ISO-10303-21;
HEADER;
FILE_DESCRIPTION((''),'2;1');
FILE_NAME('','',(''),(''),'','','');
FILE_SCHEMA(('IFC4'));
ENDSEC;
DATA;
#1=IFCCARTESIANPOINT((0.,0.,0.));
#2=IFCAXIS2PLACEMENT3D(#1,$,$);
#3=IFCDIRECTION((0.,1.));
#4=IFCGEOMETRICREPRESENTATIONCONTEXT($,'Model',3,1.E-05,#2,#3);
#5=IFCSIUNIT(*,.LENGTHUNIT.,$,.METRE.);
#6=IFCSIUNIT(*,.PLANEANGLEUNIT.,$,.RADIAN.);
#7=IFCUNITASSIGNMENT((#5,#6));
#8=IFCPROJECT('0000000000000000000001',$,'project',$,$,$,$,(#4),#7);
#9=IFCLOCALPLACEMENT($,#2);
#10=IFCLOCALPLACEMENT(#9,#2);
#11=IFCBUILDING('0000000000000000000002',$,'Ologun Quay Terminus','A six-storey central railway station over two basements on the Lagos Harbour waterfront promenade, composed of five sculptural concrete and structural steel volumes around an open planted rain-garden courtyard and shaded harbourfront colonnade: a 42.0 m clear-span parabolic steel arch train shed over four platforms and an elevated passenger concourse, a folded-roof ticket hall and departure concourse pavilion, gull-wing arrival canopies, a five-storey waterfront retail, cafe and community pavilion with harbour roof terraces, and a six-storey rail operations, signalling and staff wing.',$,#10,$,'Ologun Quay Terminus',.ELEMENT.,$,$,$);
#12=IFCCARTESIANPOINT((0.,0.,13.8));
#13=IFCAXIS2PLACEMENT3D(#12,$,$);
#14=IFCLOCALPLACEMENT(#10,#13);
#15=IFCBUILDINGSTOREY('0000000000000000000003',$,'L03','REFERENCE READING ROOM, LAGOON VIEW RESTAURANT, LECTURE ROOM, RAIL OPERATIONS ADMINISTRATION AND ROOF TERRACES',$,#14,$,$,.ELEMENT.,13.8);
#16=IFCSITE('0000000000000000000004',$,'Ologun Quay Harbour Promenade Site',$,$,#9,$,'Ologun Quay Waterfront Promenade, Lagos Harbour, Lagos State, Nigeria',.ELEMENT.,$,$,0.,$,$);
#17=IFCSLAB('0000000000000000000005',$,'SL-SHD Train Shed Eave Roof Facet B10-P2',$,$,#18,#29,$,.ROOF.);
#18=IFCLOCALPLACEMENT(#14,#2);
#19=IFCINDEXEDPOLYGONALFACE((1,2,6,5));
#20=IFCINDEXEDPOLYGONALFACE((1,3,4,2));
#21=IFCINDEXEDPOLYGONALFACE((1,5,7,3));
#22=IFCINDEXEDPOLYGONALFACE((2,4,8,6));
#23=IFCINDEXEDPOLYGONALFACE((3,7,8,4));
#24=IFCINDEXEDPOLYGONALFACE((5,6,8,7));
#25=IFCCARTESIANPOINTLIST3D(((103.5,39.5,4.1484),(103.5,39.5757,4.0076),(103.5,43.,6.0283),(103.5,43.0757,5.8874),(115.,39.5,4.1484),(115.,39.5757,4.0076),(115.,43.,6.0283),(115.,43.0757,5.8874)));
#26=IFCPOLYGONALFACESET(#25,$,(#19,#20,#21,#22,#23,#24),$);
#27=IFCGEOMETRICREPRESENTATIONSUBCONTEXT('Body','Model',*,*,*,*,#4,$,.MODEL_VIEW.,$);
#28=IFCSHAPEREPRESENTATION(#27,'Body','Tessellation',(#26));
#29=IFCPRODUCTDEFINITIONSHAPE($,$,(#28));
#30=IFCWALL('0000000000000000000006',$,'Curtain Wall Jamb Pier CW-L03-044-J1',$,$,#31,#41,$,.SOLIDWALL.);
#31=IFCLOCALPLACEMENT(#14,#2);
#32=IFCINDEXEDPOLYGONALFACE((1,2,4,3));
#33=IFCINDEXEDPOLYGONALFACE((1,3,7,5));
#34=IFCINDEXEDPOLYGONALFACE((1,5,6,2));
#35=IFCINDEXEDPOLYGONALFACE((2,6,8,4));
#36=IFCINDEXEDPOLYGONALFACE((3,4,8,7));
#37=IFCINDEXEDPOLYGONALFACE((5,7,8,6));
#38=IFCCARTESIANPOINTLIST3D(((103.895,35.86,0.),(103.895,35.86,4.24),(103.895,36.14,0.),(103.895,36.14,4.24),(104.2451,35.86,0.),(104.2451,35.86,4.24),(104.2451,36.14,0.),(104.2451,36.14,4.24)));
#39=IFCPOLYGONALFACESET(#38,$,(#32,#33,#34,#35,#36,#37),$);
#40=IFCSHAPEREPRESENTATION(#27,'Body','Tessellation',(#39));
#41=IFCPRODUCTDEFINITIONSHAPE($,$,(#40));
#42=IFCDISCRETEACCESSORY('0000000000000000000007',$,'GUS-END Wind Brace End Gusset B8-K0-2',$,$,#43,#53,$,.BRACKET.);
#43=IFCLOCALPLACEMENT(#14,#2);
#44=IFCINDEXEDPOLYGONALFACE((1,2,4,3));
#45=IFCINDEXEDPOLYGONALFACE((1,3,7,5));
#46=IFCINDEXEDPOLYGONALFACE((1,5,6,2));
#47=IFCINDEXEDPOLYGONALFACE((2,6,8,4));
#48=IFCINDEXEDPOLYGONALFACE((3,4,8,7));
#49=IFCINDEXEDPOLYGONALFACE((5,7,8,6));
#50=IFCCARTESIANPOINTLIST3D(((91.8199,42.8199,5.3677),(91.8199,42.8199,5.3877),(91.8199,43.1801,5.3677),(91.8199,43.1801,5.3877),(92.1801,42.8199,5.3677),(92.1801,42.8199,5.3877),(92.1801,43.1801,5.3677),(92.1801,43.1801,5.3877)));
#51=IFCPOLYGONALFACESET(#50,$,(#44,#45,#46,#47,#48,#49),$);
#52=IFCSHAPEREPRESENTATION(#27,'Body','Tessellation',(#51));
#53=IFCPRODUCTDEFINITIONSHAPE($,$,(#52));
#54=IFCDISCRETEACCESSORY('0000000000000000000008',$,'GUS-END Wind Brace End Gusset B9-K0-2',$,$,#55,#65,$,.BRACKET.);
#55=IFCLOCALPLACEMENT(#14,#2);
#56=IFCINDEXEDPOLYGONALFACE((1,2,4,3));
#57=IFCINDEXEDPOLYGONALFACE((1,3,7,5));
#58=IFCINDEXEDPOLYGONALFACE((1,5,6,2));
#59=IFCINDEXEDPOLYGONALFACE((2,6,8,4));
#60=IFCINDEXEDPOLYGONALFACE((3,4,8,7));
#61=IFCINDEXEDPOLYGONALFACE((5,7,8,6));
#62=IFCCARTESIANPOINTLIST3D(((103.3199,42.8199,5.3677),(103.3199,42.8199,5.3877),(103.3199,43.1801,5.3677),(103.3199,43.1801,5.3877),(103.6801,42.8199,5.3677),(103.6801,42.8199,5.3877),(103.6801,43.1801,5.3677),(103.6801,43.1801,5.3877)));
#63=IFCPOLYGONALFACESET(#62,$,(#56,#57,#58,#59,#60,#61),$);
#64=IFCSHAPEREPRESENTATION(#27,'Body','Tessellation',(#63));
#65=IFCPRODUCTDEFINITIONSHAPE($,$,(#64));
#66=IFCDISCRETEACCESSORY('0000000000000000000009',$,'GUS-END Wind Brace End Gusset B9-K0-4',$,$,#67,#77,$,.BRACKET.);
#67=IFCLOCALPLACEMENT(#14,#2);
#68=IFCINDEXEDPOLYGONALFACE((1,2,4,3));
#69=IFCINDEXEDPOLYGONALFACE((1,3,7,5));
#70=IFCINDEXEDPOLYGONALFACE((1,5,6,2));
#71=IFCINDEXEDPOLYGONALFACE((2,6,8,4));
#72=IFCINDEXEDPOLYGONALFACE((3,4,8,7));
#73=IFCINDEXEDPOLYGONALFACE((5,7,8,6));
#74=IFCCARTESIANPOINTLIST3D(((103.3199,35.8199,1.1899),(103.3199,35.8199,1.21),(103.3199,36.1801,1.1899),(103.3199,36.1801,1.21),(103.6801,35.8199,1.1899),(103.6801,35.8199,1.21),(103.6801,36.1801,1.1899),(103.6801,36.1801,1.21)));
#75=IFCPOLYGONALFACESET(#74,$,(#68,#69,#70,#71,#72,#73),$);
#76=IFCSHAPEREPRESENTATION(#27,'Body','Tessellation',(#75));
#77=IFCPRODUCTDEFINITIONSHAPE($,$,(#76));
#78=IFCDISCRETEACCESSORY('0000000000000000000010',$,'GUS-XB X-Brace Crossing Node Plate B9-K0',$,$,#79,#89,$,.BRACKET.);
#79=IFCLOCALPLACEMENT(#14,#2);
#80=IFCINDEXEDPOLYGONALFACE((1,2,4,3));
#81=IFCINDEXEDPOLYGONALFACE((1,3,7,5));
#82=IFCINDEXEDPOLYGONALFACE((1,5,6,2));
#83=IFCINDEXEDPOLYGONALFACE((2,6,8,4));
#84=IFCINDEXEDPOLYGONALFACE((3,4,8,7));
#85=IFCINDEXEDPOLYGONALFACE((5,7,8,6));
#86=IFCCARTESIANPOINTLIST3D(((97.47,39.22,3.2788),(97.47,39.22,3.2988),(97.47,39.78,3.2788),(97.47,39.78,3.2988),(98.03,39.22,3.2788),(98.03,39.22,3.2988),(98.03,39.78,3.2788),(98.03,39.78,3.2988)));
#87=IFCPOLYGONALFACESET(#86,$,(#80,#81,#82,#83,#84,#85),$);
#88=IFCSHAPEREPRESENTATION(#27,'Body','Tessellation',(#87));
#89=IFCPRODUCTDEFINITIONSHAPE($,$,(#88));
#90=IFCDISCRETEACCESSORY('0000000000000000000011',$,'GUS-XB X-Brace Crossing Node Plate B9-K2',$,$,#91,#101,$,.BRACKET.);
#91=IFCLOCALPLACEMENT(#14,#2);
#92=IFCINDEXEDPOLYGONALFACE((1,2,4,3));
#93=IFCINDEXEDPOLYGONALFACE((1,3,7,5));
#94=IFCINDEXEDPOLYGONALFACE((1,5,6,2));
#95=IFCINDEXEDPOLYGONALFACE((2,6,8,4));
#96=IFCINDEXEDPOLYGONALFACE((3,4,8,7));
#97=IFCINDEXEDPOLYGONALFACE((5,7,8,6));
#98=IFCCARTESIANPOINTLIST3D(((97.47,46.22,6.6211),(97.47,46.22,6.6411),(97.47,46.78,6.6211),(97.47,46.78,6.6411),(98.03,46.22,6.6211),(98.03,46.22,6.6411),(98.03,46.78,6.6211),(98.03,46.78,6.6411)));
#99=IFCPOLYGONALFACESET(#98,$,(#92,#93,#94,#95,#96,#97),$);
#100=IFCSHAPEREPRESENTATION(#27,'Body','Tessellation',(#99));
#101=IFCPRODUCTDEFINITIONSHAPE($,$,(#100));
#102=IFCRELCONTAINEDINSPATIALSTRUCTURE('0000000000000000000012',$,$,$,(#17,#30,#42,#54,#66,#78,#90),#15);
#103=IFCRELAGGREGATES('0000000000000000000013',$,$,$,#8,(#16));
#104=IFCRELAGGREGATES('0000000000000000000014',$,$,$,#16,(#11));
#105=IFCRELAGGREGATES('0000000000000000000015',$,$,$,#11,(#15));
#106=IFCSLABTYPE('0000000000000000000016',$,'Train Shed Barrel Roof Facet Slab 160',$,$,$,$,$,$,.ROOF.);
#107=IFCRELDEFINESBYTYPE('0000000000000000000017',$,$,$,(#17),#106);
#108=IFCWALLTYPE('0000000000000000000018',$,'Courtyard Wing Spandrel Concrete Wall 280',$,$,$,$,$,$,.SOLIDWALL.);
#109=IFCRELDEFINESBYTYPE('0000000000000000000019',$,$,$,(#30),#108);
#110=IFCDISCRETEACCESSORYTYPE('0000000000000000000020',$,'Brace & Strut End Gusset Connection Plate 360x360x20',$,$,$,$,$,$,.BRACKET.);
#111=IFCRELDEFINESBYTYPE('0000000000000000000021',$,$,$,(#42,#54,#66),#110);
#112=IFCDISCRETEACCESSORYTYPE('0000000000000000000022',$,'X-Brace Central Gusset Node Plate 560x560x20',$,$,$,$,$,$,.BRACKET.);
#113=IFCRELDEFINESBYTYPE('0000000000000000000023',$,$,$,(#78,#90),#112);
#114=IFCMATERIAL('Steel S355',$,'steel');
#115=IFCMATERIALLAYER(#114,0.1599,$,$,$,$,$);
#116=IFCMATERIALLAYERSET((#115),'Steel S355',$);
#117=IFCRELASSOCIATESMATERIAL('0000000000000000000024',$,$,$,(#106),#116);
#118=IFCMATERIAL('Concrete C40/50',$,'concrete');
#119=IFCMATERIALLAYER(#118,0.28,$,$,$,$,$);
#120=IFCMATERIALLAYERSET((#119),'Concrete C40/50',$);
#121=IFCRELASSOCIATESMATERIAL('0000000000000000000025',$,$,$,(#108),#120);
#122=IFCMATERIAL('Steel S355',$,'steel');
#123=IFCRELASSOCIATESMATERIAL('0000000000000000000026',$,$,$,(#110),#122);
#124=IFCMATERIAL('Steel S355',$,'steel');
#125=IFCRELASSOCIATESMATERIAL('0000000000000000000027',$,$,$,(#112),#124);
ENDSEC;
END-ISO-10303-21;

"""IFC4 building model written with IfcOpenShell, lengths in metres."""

from ifc_helpers import new_model, si_unit, direction, frame, frame_2d, origin, origin_2d, place, context, subcontext, project, spatial, polyline, rectangle, outline, extrude, material, layer, layer_set, type_object, element, save


model = new_model("IFC4")

# Units and contexts
model_context = context("Model", 3, precision=1e-05, world=origin(), true_north=direction((0.0, 1.0)))
body_context = subcontext(model_context, "Body", "Model", "MODEL_VIEW")
ifc_project = project(units=[si_unit("LENGTHUNIT", "METRE"), si_unit("PLANEANGLEUNIT", "RADIAN")], contexts=[model_context])

# Site, building, storey
site_placement = place(None, origin())
site = spatial("IfcSite", under=ifc_project, at=site_placement, Name="Ologun Quay Harbour Promenade Site", LongName="Ologun Quay Waterfront Promenade, Lagos Harbour, Lagos State, Nigeria", CompositionType="ELEMENT", RefElevation=0.0)
building_placement = place(site_placement, origin())
building = spatial("IfcBuilding", under=site, at=building_placement, Name="Ologun Quay Terminus", Description="A six-storey central railway station over two basements on the Lagos Harbour waterfront promenade, composed of five sculptural concrete and structural steel volumes around an open planted rain-garden courtyard and shaded harbourfront colonnade: a 42.0 m clear-span parabolic steel arch train shed over four platforms and an elevated passenger concourse, a folded-roof ticket hall and departure concourse pavilion, gull-wing arrival canopies, a five-storey waterfront retail, cafe and community pavilion with harbour roof terraces, and a six-storey rail operations, signalling and staff wing.", LongName="Ologun Quay Terminus", CompositionType="ELEMENT")
storey_placement = place(building_placement, frame((0.0, 0.0, 13.8)))
storey = spatial("IfcBuildingStorey", under=building, at=storey_placement, Name="L03", Description="REFERENCE READING ROOM, LAGOON VIEW RESTAURANT, LECTURE ROOM, RAIL OPERATIONS ADMINISTRATION AND ROOF TERRACES", CompositionType="ELEMENT", Elevation=13.8)

# Slab
ifc_material_1 = material(Name="Steel S355", Category="steel")
ifc_layer_1 = layer(ifc_material_1, 0.1599)
ifc_layer_set_1 = layer_set([ifc_layer_1], Name="Steel S355")
slab_type = type_object("IfcSlabType", Name="Train Shed Barrel Roof Facet Slab 160", PredefinedType="ROOF", material=ifc_layer_set_1)
slab_1_placement = place(storey_placement, frame((103.5, 39.5, 4.1484), z_axis=(0.0, -0.473176, 0.880968), x_axis=(1.0, 0.0, 0.0)))
element("IfcSlab", 1, at=slab_1_placement, inside=storey, type_object=slab_type, Name="SL-SHD Train Shed Eave Roof Facet B10-P2", PredefinedType="ROOF", context=body_context, shape_type="SweptSolid", body=[
    extrude(outline(polyline([(0.0, 0.0), (11.5, 0.0), (11.5, 3.9729), (0.0, 3.9729), (0.0, 0.0)])), origin(), (0.0, 0.0, -1.0), 0.1599),
])

# Wall
ifc_material_2 = material(Name="Concrete C40/50", Category="concrete")
ifc_layer_2 = layer(ifc_material_2, 0.28)
ifc_layer_set_2 = layer_set([ifc_layer_2], Name="Concrete C40/50")
wall_type = type_object("IfcWallType", Name="Courtyard Wing Spandrel Concrete Wall 280", PredefinedType="SOLIDWALL", material=ifc_layer_set_2)
wall_placement = place(storey_placement, frame((103.895, 36.0, 0.0), z_axis=(0.0, 0.0, 1.0), x_axis=(1.0, 0.0, 0.0)))
element("IfcWall", 2, at=wall_placement, inside=storey, type_object=wall_type, Name="Curtain Wall Jamb Pier CW-L03-044-J1", PredefinedType="SOLIDWALL", context=body_context, shape_type="SweptSolid", body=[
    extrude(rectangle(XDim=0.3501, YDim=0.28, at=frame_2d((0.175, 0.0))), origin(), (0.0, 0.0, 1.0), 4.24),
])

# Discrete accessories
ifc_material_3 = material(Name="Steel S355", Category="steel")
discrete_accessory_type_1 = type_object("IfcDiscreteAccessoryType", Name="Brace & Strut End Gusset Connection Plate 360x360x20", PredefinedType="BRACKET", material=ifc_material_3)
for number, where, z_axis, x_axis, name in (
    (3, (92.0, 43.0, 5.3677), (0.0, 0.0, 1.0), (1.0, 0.0, 0.0), "GUS-END Wind Brace End Gusset B8-K0-2"),
    (4, (103.5, 43.0, 5.3677), (0.0, 0.0, 1.0), (1.0, 0.0, 0.0), "GUS-END Wind Brace End Gusset B9-K0-2"),
    (5, (103.5, 36.0, 1.1899), (0.0, 0.0, 1.0), (1.0, 0.0, 0.0), "GUS-END Wind Brace End Gusset B9-K0-4"),
):
    element("IfcDiscreteAccessory", number, at=place(storey_placement, frame(where, z_axis=z_axis, x_axis=x_axis)), inside=storey, type_object=discrete_accessory_type_1, Name=name, PredefinedType="BRACKET", context=body_context, shape_type="SweptSolid", body=[
        extrude(rectangle(XDim=0.3601, YDim=0.3601, at=origin_2d()), origin(), (0.0, 0.0, 1.0), 0.02),
    ])
ifc_material_4 = material(Name="Steel S355", Category="steel")
discrete_accessory_type_2 = type_object("IfcDiscreteAccessoryType", Name="X-Brace Central Gusset Node Plate 560x560x20", PredefinedType="BRACKET", material=ifc_material_4)
for number, where, z_axis, x_axis, name in (
    (6, (97.75, 39.5, 3.2788), (0.0, 0.0, 1.0), (1.0, 0.0, 0.0), "GUS-XB X-Brace Crossing Node Plate B9-K0"),
    (7, (97.75, 46.5, 6.6211), (0.0, 0.0, 1.0), (1.0, 0.0, 0.0), "GUS-XB X-Brace Crossing Node Plate B9-K2"),
):
    element("IfcDiscreteAccessory", number, at=place(storey_placement, frame(where, z_axis=z_axis, x_axis=x_axis)), inside=storey, type_object=discrete_accessory_type_2, Name=name, PredefinedType="BRACKET", context=body_context, shape_type="SweptSolid", body=[
        extrude(rectangle(XDim=0.5601, YDim=0.5601, at=origin_2d()), origin(), (0.0, 0.0, 1.0), 0.02),
    ])

save(model, "model.ifc")
